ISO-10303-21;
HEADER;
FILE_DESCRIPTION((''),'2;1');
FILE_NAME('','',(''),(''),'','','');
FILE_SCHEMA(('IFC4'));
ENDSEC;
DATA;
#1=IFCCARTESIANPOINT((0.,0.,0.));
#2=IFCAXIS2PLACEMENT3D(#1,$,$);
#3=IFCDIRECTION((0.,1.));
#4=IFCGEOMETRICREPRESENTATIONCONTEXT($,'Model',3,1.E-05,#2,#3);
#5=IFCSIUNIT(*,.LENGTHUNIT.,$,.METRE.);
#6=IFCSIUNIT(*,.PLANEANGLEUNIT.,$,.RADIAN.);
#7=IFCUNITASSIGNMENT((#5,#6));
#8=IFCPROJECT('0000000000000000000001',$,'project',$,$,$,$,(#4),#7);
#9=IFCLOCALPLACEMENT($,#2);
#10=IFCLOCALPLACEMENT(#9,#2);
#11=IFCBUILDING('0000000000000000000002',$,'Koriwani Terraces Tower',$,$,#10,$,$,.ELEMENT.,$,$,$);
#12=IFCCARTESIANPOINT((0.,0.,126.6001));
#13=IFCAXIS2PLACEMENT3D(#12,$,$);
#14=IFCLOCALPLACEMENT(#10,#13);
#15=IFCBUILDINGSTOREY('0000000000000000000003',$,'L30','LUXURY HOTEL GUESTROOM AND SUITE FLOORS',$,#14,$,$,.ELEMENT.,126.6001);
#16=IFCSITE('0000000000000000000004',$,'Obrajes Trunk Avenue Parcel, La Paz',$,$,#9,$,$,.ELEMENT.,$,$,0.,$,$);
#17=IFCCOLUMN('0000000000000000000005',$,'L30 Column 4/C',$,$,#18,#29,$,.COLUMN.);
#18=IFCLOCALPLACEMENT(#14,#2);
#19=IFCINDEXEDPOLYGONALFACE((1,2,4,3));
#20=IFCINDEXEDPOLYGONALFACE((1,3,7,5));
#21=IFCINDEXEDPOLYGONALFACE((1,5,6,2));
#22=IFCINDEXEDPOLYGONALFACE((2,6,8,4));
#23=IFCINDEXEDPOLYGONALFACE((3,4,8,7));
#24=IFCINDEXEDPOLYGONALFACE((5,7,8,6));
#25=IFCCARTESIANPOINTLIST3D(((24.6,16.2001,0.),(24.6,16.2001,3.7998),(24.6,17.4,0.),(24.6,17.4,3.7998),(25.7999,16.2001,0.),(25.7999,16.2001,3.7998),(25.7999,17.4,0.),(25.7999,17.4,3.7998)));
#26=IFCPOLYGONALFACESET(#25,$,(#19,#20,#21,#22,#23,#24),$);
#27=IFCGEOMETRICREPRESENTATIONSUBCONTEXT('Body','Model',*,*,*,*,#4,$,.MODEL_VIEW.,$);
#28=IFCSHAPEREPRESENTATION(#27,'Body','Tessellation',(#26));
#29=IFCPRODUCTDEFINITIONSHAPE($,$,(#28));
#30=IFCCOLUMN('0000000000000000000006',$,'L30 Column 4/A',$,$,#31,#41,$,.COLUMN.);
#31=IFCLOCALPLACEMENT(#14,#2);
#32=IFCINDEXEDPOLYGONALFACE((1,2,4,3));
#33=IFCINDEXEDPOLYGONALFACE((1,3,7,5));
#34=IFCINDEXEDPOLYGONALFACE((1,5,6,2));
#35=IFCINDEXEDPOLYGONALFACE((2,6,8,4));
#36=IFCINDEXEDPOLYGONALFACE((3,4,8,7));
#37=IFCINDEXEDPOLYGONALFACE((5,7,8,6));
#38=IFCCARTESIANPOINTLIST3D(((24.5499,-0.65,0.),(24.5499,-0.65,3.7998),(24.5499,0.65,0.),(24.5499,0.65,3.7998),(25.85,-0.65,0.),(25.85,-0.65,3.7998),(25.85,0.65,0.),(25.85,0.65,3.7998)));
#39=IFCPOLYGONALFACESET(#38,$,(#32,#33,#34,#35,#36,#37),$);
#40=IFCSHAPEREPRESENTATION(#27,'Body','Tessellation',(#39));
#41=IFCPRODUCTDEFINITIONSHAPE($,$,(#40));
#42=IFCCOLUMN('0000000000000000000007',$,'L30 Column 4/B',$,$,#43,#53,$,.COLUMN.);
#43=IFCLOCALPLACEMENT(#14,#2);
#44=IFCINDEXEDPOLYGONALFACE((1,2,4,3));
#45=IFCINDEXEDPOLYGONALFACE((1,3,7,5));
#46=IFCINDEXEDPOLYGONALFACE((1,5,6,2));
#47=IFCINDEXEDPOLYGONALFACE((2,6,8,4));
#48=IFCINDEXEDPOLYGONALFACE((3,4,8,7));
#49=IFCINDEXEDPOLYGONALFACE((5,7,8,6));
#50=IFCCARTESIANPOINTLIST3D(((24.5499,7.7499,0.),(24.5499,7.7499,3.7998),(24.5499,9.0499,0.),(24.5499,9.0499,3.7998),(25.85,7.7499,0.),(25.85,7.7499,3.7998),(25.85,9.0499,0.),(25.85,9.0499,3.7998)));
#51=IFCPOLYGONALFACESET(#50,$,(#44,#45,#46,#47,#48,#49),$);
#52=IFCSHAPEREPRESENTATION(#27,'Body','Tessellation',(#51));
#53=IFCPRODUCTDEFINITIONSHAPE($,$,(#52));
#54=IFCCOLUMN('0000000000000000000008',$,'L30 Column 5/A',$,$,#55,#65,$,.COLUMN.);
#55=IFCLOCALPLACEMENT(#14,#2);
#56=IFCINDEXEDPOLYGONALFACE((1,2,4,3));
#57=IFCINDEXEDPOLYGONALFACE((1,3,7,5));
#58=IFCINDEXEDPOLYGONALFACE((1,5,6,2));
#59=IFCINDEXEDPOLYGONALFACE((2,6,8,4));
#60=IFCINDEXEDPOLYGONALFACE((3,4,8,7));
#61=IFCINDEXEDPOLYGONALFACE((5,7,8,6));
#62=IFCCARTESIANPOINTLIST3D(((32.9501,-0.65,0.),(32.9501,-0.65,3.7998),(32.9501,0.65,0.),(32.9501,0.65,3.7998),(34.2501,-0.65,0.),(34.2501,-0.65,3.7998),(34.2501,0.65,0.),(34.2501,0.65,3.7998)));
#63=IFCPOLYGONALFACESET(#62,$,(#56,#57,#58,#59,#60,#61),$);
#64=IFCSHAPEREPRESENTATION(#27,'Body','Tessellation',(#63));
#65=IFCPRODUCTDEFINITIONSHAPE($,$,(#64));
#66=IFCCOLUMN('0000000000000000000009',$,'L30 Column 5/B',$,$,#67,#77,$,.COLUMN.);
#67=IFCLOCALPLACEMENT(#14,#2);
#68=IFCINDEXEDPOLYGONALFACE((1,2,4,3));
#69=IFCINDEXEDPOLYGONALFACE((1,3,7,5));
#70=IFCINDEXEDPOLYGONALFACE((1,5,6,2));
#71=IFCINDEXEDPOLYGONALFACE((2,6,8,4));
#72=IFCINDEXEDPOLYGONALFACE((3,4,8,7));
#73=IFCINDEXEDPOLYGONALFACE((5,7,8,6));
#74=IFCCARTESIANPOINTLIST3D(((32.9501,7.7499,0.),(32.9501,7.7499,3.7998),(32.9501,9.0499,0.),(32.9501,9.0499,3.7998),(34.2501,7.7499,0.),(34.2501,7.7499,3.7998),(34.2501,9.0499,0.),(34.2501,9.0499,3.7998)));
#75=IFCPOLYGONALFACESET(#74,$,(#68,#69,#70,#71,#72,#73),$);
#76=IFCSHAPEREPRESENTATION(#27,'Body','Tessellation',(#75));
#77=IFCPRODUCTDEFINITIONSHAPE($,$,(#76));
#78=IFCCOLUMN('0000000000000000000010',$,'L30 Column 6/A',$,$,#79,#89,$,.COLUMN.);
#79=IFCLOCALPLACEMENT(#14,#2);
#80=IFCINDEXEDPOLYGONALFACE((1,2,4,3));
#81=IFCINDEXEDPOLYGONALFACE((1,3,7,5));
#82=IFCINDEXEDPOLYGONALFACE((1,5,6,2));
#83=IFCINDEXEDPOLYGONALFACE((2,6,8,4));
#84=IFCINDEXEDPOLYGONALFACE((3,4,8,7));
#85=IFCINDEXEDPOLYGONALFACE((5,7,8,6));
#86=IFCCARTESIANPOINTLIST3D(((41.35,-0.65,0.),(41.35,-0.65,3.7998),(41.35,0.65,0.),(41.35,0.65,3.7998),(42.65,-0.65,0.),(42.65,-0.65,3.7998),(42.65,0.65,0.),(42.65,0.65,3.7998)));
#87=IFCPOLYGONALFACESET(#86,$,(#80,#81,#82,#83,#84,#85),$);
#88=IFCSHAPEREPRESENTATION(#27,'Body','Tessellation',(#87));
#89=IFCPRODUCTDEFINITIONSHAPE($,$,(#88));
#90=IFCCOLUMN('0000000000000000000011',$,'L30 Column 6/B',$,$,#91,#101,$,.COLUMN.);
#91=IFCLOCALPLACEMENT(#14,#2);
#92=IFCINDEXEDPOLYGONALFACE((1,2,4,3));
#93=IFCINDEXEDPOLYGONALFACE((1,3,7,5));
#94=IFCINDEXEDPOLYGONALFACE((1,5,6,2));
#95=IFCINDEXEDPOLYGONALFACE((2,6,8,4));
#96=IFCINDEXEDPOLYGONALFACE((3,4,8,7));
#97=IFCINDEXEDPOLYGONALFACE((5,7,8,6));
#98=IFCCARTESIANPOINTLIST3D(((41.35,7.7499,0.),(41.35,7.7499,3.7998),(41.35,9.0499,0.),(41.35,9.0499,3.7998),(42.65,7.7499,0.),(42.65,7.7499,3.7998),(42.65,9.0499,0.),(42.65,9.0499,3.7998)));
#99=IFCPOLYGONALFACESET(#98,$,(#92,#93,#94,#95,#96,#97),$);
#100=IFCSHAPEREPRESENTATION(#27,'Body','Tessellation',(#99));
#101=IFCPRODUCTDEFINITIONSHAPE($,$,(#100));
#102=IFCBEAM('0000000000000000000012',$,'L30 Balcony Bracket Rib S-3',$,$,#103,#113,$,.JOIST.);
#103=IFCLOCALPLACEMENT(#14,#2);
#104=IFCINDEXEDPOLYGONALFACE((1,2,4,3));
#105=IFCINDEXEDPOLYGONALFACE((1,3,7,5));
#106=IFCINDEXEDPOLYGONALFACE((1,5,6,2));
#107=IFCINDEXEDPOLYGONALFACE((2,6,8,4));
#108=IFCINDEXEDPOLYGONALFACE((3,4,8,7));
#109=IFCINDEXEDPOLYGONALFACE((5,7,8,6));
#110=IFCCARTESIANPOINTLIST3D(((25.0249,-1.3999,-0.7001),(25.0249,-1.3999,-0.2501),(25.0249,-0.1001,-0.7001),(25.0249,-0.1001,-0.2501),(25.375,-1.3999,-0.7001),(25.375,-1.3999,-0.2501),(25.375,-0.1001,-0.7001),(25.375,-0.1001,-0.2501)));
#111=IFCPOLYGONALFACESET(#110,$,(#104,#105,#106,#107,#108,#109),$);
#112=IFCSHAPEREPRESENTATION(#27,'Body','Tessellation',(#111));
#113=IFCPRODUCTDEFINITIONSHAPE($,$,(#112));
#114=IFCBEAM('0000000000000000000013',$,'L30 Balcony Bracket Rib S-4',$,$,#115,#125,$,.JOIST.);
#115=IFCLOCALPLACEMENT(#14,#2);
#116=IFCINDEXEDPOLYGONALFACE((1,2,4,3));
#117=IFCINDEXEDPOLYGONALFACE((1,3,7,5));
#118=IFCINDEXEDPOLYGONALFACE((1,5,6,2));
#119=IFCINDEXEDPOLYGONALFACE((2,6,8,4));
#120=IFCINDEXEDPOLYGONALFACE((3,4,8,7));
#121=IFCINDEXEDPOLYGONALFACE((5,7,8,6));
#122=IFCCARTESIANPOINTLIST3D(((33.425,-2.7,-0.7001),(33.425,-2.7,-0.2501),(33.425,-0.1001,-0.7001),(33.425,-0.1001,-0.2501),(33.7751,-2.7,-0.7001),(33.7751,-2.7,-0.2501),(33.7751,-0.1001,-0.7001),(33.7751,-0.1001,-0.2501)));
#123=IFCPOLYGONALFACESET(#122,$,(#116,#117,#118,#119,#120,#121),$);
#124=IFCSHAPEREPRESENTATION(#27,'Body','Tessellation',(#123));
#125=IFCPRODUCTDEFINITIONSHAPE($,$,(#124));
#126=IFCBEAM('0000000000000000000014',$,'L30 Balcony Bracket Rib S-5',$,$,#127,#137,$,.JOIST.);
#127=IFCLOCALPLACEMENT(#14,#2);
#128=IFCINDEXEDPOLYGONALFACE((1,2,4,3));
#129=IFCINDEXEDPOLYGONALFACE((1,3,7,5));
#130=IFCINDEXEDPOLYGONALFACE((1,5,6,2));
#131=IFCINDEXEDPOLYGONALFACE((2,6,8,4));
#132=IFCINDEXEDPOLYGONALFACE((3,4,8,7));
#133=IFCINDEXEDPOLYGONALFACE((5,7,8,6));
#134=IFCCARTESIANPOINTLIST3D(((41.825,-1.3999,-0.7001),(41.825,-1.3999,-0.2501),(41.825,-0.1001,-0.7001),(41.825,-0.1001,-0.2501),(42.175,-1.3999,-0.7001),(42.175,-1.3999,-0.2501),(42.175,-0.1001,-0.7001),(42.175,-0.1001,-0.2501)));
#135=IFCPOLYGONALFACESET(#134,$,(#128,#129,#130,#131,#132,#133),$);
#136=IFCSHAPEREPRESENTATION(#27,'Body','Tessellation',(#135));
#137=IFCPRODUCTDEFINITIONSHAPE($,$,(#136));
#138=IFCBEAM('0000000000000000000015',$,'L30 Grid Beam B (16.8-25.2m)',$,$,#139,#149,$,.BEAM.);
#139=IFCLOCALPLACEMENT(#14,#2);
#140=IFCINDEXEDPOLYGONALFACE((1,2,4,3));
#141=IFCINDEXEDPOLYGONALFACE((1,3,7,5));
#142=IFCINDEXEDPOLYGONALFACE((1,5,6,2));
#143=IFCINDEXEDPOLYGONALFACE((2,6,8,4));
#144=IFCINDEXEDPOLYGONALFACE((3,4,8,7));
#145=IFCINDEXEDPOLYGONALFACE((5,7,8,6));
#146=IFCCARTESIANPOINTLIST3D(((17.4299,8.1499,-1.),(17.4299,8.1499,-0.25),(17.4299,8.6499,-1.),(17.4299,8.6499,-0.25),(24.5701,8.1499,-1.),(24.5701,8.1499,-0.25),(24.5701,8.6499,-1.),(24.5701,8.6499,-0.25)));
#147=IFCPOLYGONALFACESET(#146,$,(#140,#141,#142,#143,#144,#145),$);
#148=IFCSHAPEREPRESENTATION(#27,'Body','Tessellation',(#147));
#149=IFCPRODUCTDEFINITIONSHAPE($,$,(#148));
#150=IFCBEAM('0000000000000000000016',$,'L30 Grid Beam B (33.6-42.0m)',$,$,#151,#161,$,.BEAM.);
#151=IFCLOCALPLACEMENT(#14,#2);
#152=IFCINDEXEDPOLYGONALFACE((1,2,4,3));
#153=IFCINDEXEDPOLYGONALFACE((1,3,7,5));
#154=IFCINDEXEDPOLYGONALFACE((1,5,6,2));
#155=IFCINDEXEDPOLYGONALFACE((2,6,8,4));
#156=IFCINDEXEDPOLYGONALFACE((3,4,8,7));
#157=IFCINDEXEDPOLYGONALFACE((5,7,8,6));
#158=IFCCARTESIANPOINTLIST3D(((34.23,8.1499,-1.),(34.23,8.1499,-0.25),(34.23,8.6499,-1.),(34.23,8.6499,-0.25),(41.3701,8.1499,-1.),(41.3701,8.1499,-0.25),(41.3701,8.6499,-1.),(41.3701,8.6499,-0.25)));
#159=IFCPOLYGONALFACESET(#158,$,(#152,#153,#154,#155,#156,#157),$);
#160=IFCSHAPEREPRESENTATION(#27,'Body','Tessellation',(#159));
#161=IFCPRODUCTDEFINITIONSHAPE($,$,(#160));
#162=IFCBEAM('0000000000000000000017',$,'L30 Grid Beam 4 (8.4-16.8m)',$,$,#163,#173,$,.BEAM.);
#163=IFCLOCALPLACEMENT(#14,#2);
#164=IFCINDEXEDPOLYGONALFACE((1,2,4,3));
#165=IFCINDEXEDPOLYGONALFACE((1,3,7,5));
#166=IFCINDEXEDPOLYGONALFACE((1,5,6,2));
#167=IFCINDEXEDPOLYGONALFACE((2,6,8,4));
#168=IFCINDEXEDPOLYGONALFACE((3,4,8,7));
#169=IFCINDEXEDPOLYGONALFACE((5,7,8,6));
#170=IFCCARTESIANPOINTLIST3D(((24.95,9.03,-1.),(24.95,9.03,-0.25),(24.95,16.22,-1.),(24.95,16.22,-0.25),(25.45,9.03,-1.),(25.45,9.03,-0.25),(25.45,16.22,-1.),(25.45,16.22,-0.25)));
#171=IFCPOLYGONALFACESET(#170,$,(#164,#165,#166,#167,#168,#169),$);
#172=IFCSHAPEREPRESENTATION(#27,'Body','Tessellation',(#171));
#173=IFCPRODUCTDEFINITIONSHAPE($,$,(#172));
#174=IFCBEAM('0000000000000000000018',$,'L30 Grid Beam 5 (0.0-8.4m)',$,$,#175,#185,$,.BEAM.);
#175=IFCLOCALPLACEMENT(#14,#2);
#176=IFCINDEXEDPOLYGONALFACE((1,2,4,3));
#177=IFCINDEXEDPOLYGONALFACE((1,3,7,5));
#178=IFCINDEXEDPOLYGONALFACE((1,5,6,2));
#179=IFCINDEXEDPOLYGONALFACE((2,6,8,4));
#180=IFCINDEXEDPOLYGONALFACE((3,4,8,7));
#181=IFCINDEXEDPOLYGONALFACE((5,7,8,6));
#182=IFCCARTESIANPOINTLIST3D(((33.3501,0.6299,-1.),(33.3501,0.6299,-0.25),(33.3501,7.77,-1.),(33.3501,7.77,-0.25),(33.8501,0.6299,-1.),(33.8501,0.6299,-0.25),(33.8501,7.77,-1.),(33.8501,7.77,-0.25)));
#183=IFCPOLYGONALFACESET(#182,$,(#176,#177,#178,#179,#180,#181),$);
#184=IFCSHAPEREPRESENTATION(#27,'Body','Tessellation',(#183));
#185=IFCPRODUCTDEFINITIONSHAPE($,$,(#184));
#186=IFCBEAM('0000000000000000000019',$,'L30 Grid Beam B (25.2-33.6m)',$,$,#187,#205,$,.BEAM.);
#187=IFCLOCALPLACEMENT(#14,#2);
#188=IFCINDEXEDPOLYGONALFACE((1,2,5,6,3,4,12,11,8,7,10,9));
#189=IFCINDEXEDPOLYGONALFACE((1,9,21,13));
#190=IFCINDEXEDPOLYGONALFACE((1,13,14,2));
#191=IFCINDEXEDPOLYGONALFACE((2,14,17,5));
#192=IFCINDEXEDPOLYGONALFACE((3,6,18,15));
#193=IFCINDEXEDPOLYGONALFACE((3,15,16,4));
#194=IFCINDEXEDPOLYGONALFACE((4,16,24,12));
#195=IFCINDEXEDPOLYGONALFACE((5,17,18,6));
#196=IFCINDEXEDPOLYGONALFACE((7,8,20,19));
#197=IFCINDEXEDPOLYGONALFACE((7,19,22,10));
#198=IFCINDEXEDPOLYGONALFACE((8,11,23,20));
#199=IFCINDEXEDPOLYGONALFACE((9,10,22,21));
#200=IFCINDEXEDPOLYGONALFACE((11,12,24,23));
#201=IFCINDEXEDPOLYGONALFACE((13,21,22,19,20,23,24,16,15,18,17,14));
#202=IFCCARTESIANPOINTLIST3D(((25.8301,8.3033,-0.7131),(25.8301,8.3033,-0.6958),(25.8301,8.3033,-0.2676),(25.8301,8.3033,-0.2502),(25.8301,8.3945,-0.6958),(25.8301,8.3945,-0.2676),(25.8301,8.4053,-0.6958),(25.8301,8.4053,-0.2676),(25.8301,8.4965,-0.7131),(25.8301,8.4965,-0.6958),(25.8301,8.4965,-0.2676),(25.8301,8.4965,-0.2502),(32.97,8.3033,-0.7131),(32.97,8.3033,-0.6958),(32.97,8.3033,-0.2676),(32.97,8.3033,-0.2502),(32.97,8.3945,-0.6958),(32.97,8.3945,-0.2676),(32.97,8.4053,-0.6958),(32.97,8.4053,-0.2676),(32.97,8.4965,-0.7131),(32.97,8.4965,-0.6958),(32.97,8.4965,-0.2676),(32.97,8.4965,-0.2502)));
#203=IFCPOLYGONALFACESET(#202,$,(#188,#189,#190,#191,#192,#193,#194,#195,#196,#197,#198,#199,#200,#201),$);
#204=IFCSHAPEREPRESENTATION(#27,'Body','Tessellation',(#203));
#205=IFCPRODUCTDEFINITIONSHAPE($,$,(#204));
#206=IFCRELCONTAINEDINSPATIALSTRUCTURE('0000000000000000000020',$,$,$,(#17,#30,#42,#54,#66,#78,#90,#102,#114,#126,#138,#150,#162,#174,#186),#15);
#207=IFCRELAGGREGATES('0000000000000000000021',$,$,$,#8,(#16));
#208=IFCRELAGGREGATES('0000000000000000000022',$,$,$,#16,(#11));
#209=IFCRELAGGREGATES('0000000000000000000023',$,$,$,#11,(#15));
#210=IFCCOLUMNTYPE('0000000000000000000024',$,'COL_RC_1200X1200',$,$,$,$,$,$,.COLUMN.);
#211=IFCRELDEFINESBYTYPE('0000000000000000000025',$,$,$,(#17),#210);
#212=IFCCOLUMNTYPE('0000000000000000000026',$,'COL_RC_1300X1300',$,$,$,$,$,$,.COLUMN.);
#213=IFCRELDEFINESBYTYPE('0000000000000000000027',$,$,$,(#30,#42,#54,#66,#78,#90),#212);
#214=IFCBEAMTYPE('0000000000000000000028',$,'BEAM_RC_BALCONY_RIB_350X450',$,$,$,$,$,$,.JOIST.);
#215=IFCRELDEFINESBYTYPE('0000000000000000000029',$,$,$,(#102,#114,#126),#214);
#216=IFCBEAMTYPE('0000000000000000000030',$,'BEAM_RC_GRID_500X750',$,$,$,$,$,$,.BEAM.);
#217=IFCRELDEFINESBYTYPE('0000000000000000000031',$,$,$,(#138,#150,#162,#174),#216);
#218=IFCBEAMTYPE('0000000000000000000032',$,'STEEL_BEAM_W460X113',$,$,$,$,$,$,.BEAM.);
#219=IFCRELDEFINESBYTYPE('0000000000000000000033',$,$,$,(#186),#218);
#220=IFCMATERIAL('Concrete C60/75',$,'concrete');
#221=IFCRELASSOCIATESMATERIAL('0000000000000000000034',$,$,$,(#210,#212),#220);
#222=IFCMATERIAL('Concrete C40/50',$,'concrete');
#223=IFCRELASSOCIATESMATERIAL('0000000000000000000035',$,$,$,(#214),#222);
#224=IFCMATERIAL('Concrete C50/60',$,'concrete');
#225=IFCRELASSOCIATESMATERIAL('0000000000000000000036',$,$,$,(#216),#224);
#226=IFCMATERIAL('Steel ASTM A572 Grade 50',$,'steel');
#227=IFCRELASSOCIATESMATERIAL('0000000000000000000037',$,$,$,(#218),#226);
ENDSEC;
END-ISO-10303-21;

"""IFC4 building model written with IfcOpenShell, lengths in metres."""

from ifc_helpers import new_model, si_unit, direction, frame, origin, origin_2d, place, context, subcontext, project, spatial, rectangle, i_section, extrude, material, material_profile, profile_set, type_object, element, save


model = new_model("IFC4")

# Units and contexts
model_context = context("Model", 3, precision=1e-05, world=origin(), true_north=direction((0.0, 1.0)))
body_context = subcontext(model_context, "Body", "Model", "MODEL_VIEW")
ifc_project = project(units=[si_unit("LENGTHUNIT", "METRE"), si_unit("PLANEANGLEUNIT", "RADIAN")], contexts=[model_context])

# Site, building, storey
site_placement = place(None, origin())
site = spatial("IfcSite", under=ifc_project, at=site_placement, Name="Obrajes Trunk Avenue Parcel, La Paz", CompositionType="ELEMENT", RefElevation=0.0)
building_placement = place(site_placement, origin())
building = spatial("IfcBuilding", under=site, at=building_placement, Name="Koriwani Terraces Tower", CompositionType="ELEMENT")
storey_placement = place(building_placement, frame((0.0, 0.0, 126.6001)))
storey = spatial("IfcBuildingStorey", under=building, at=storey_placement, Name="L30", Description="LUXURY HOTEL GUESTROOM AND SUITE FLOORS", CompositionType="ELEMENT", Elevation=126.6001)

# Columns
ifc_material_1 = material(Name="Concrete C60/75", Category="concrete")
ifc_material_profile_1 = material_profile(ifc_material_1, rectangle(XDim=1.2, YDim=1.2, at=origin_2d()), Name="Concrete C60/75", Category="LoadBearing")
ifc_profile_set_1 = profile_set([ifc_material_profile_1], Name="Concrete C60/75")
column_type_1 = type_object("IfcColumnType", Name="COL_RC_1200X1200", PredefinedType="COLUMN", material=ifc_profile_set_1)
column_placement = place(storey_placement, frame((25.2, 16.8, 0.0), z_axis=(0.0, 0.0, 1.0), x_axis=(1.0, 0.0, 0.0)))
element("IfcColumn", 1, at=column_placement, inside=storey, type_object=column_type_1, Name="L30 Column 4/C", PredefinedType="COLUMN", context=body_context, shape_type="SweptSolid", body=[
    extrude(rectangle(XDim=1.2, YDim=1.2, at=origin_2d()), origin(), (0.0, 0.0, 1.0), 3.7998),
])
ifc_material_profile_2 = material_profile(ifc_material_1, rectangle(XDim=1.3, YDim=1.3, at=origin_2d()), Name="Concrete C60/75", Category="LoadBearing")
ifc_profile_set_2 = profile_set([ifc_material_profile_2], Name="Concrete C60/75")
column_type_2 = type_object("IfcColumnType", Name="COL_RC_1300X1300", PredefinedType="COLUMN", material=ifc_profile_set_2)
for number, where, z_axis, x_axis, name in (
    (2, (25.2, 0.0, 0.0), (0.0, 0.0, 1.0), (1.0, 0.0, 0.0), "L30 Column 4/A"),
    (3, (25.2, 8.3999, 0.0), (0.0, 0.0, 1.0), (1.0, 0.0, 0.0), "L30 Column 4/B"),
    (4, (33.6001, 0.0, 0.0), (0.0, 0.0, 1.0), (1.0, 0.0, 0.0), "L30 Column 5/A"),
    (5, (33.6001, 8.3999, 0.0), (0.0, 0.0, 1.0), (1.0, 0.0, 0.0), "L30 Column 5/B"),
    (6, (42.0, 0.0, 0.0), (0.0, 0.0, 1.0), (1.0, 0.0, 0.0), "L30 Column 6/A"),
    (7, (42.0, 8.3999, 0.0), (0.0, 0.0, 1.0), (1.0, 0.0, 0.0), "L30 Column 6/B"),
):
    element("IfcColumn", number, at=place(storey_placement, frame(where, z_axis=z_axis, x_axis=x_axis)), inside=storey, type_object=column_type_2, Name=name, PredefinedType="COLUMN", context=body_context, shape_type="SweptSolid", body=[
        extrude(rectangle(XDim=1.3, YDim=1.3, at=origin_2d()), origin(), (0.0, 0.0, 1.0), 3.7998),
    ])

# Beams
ifc_material_2 = material(Name="Concrete C40/50", Category="concrete")
ifc_material_profile_3 = material_profile(ifc_material_2, rectangle(XDim=0.3501, YDim=0.45, at=origin_2d()), Name="Concrete C40/50", Category="LoadBearing")
ifc_profile_set_3 = profile_set([ifc_material_profile_3], Name="Concrete C40/50")
beam_type_1 = type_object("IfcBeamType", Name="BEAM_RC_BALCONY_RIB_350X450", PredefinedType="JOIST", material=ifc_profile_set_3)
beam_1_placement = place(storey_placement, frame((25.2, -1.3999, -0.4751), z_axis=(0.0, 1.0, 0.0), x_axis=(-1.0, 0.0, 0.0)))
element("IfcBeam", 8, at=beam_1_placement, inside=storey, type_object=beam_type_1, Name="L30 Balcony Bracket Rib S-3", PredefinedType="JOIST", context=body_context, shape_type="SweptSolid", body=[
    extrude(rectangle(XDim=0.3501, YDim=0.45, at=origin_2d()), origin(), (0.0, 0.0, 1.0), 1.2998),
])
beam_2_placement = place(storey_placement, frame((33.6001, -2.7, -0.4751), z_axis=(0.0, 1.0, 0.0), x_axis=(-1.0, 0.0, 0.0)))
element("IfcBeam", 9, at=beam_2_placement, inside=storey, type_object=beam_type_1, Name="L30 Balcony Bracket Rib S-4", PredefinedType="JOIST", context=body_context, shape_type="SweptSolid", body=[
    extrude(rectangle(XDim=0.3501, YDim=0.45, at=origin_2d()), origin(), (0.0, 0.0, 1.0), 2.5999),
])
beam_3_placement = place(storey_placement, frame((42.0, -1.3999, -0.4751), z_axis=(0.0, 1.0, 0.0), x_axis=(-1.0, 0.0, 0.0)))
element("IfcBeam", 10, at=beam_3_placement, inside=storey, type_object=beam_type_1, Name="L30 Balcony Bracket Rib S-5", PredefinedType="JOIST", context=body_context, shape_type="SweptSolid", body=[
    extrude(rectangle(XDim=0.3501, YDim=0.45, at=origin_2d()), origin(), (0.0, 0.0, 1.0), 1.2998),
])
ifc_material_3 = material(Name="Concrete C50/60", Category="concrete")
ifc_material_profile_4 = material_profile(ifc_material_3, rectangle(XDim=0.5, YDim=0.75, at=origin_2d()), Name="Concrete C50/60", Category="LoadBearing")
ifc_profile_set_4 = profile_set([ifc_material_profile_4], Name="Concrete C50/60")
beam_type_2 = type_object("IfcBeamType", Name="BEAM_RC_GRID_500X750", PredefinedType="BEAM", material=ifc_profile_set_4)
for number, where, z_axis, x_axis, name in (
    (11, (17.4299, 8.3999, -0.625), (1.0, 0.0, 0.0), (0.0, 1.0, 0.0), "L30 Grid Beam B (16.8-25.2m)"),
    (12, (34.23, 8.3999, -0.625), (1.0, 0.0, 0.0), (0.0, 1.0, 0.0), "L30 Grid Beam B (33.6-42.0m)"),
):
    element("IfcBeam", number, at=place(storey_placement, frame(where, z_axis=z_axis, x_axis=x_axis)), inside=storey, type_object=beam_type_2, Name=name, PredefinedType="BEAM", context=body_context, shape_type="SweptSolid", body=[
        extrude(rectangle(XDim=0.5, YDim=0.75, at=origin_2d()), origin(), (0.0, 0.0, 1.0), 7.1401),
    ])
beam_4_placement = place(storey_placement, frame((25.2, 9.03, -0.625), z_axis=(0.0, 1.0, 0.0), x_axis=(-1.0, 0.0, 0.0)))
element("IfcBeam", 13, at=beam_4_placement, inside=storey, type_object=beam_type_2, Name="L30 Grid Beam 4 (8.4-16.8m)", PredefinedType="BEAM", context=body_context, shape_type="SweptSolid", body=[
    extrude(rectangle(XDim=0.5, YDim=0.75, at=origin_2d()), origin(), (0.0, 0.0, 1.0), 7.1899),
])
beam_5_placement = place(storey_placement, frame((33.6001, 0.6299, -0.625), z_axis=(0.0, 1.0, 0.0), x_axis=(-1.0, 0.0, 0.0)))
element("IfcBeam", 14, at=beam_5_placement, inside=storey, type_object=beam_type_2, Name="L30 Grid Beam 5 (0.0-8.4m)", PredefinedType="BEAM", context=body_context, shape_type="SweptSolid", body=[
    extrude(rectangle(XDim=0.5, YDim=0.75, at=origin_2d()), origin(), (0.0, 0.0, 1.0), 7.1401),
])
ifc_material_4 = material(Name="Steel ASTM A572 Grade 50", Category="steel")
ifc_material_profile_5 = material_profile(ifc_material_4, i_section(OverallWidth=0.1931, OverallDepth=0.4629, WebThickness=0.0107, FlangeThickness=0.0173, at=origin_2d()), Name="Steel ASTM A572 Grade 50", Category="LoadBearing")
ifc_profile_set_5 = profile_set([ifc_material_profile_5], Name="Steel ASTM A572 Grade 50")
beam_type_3 = type_object("IfcBeamType", Name="STEEL_BEAM_W460X113", PredefinedType="BEAM", material=ifc_profile_set_5)
beam_6_placement = place(storey_placement, frame((25.8301, 8.3999, -0.4817), z_axis=(1.0, 0.0, 0.0), x_axis=(0.0, 1.0, 0.0)))
element("IfcBeam", 15, at=beam_6_placement, inside=storey, type_object=beam_type_3, Name="L30 Grid Beam B (25.2-33.6m)", PredefinedType="BEAM", context=body_context, shape_type="SweptSolid", body=[
    extrude(i_section(OverallWidth=0.1931, OverallDepth=0.4629, WebThickness=0.0107, FlangeThickness=0.0173, at=origin_2d()), origin(), (0.0, 0.0, 1.0), 7.1399),
])

save(model, "model.ifc")
